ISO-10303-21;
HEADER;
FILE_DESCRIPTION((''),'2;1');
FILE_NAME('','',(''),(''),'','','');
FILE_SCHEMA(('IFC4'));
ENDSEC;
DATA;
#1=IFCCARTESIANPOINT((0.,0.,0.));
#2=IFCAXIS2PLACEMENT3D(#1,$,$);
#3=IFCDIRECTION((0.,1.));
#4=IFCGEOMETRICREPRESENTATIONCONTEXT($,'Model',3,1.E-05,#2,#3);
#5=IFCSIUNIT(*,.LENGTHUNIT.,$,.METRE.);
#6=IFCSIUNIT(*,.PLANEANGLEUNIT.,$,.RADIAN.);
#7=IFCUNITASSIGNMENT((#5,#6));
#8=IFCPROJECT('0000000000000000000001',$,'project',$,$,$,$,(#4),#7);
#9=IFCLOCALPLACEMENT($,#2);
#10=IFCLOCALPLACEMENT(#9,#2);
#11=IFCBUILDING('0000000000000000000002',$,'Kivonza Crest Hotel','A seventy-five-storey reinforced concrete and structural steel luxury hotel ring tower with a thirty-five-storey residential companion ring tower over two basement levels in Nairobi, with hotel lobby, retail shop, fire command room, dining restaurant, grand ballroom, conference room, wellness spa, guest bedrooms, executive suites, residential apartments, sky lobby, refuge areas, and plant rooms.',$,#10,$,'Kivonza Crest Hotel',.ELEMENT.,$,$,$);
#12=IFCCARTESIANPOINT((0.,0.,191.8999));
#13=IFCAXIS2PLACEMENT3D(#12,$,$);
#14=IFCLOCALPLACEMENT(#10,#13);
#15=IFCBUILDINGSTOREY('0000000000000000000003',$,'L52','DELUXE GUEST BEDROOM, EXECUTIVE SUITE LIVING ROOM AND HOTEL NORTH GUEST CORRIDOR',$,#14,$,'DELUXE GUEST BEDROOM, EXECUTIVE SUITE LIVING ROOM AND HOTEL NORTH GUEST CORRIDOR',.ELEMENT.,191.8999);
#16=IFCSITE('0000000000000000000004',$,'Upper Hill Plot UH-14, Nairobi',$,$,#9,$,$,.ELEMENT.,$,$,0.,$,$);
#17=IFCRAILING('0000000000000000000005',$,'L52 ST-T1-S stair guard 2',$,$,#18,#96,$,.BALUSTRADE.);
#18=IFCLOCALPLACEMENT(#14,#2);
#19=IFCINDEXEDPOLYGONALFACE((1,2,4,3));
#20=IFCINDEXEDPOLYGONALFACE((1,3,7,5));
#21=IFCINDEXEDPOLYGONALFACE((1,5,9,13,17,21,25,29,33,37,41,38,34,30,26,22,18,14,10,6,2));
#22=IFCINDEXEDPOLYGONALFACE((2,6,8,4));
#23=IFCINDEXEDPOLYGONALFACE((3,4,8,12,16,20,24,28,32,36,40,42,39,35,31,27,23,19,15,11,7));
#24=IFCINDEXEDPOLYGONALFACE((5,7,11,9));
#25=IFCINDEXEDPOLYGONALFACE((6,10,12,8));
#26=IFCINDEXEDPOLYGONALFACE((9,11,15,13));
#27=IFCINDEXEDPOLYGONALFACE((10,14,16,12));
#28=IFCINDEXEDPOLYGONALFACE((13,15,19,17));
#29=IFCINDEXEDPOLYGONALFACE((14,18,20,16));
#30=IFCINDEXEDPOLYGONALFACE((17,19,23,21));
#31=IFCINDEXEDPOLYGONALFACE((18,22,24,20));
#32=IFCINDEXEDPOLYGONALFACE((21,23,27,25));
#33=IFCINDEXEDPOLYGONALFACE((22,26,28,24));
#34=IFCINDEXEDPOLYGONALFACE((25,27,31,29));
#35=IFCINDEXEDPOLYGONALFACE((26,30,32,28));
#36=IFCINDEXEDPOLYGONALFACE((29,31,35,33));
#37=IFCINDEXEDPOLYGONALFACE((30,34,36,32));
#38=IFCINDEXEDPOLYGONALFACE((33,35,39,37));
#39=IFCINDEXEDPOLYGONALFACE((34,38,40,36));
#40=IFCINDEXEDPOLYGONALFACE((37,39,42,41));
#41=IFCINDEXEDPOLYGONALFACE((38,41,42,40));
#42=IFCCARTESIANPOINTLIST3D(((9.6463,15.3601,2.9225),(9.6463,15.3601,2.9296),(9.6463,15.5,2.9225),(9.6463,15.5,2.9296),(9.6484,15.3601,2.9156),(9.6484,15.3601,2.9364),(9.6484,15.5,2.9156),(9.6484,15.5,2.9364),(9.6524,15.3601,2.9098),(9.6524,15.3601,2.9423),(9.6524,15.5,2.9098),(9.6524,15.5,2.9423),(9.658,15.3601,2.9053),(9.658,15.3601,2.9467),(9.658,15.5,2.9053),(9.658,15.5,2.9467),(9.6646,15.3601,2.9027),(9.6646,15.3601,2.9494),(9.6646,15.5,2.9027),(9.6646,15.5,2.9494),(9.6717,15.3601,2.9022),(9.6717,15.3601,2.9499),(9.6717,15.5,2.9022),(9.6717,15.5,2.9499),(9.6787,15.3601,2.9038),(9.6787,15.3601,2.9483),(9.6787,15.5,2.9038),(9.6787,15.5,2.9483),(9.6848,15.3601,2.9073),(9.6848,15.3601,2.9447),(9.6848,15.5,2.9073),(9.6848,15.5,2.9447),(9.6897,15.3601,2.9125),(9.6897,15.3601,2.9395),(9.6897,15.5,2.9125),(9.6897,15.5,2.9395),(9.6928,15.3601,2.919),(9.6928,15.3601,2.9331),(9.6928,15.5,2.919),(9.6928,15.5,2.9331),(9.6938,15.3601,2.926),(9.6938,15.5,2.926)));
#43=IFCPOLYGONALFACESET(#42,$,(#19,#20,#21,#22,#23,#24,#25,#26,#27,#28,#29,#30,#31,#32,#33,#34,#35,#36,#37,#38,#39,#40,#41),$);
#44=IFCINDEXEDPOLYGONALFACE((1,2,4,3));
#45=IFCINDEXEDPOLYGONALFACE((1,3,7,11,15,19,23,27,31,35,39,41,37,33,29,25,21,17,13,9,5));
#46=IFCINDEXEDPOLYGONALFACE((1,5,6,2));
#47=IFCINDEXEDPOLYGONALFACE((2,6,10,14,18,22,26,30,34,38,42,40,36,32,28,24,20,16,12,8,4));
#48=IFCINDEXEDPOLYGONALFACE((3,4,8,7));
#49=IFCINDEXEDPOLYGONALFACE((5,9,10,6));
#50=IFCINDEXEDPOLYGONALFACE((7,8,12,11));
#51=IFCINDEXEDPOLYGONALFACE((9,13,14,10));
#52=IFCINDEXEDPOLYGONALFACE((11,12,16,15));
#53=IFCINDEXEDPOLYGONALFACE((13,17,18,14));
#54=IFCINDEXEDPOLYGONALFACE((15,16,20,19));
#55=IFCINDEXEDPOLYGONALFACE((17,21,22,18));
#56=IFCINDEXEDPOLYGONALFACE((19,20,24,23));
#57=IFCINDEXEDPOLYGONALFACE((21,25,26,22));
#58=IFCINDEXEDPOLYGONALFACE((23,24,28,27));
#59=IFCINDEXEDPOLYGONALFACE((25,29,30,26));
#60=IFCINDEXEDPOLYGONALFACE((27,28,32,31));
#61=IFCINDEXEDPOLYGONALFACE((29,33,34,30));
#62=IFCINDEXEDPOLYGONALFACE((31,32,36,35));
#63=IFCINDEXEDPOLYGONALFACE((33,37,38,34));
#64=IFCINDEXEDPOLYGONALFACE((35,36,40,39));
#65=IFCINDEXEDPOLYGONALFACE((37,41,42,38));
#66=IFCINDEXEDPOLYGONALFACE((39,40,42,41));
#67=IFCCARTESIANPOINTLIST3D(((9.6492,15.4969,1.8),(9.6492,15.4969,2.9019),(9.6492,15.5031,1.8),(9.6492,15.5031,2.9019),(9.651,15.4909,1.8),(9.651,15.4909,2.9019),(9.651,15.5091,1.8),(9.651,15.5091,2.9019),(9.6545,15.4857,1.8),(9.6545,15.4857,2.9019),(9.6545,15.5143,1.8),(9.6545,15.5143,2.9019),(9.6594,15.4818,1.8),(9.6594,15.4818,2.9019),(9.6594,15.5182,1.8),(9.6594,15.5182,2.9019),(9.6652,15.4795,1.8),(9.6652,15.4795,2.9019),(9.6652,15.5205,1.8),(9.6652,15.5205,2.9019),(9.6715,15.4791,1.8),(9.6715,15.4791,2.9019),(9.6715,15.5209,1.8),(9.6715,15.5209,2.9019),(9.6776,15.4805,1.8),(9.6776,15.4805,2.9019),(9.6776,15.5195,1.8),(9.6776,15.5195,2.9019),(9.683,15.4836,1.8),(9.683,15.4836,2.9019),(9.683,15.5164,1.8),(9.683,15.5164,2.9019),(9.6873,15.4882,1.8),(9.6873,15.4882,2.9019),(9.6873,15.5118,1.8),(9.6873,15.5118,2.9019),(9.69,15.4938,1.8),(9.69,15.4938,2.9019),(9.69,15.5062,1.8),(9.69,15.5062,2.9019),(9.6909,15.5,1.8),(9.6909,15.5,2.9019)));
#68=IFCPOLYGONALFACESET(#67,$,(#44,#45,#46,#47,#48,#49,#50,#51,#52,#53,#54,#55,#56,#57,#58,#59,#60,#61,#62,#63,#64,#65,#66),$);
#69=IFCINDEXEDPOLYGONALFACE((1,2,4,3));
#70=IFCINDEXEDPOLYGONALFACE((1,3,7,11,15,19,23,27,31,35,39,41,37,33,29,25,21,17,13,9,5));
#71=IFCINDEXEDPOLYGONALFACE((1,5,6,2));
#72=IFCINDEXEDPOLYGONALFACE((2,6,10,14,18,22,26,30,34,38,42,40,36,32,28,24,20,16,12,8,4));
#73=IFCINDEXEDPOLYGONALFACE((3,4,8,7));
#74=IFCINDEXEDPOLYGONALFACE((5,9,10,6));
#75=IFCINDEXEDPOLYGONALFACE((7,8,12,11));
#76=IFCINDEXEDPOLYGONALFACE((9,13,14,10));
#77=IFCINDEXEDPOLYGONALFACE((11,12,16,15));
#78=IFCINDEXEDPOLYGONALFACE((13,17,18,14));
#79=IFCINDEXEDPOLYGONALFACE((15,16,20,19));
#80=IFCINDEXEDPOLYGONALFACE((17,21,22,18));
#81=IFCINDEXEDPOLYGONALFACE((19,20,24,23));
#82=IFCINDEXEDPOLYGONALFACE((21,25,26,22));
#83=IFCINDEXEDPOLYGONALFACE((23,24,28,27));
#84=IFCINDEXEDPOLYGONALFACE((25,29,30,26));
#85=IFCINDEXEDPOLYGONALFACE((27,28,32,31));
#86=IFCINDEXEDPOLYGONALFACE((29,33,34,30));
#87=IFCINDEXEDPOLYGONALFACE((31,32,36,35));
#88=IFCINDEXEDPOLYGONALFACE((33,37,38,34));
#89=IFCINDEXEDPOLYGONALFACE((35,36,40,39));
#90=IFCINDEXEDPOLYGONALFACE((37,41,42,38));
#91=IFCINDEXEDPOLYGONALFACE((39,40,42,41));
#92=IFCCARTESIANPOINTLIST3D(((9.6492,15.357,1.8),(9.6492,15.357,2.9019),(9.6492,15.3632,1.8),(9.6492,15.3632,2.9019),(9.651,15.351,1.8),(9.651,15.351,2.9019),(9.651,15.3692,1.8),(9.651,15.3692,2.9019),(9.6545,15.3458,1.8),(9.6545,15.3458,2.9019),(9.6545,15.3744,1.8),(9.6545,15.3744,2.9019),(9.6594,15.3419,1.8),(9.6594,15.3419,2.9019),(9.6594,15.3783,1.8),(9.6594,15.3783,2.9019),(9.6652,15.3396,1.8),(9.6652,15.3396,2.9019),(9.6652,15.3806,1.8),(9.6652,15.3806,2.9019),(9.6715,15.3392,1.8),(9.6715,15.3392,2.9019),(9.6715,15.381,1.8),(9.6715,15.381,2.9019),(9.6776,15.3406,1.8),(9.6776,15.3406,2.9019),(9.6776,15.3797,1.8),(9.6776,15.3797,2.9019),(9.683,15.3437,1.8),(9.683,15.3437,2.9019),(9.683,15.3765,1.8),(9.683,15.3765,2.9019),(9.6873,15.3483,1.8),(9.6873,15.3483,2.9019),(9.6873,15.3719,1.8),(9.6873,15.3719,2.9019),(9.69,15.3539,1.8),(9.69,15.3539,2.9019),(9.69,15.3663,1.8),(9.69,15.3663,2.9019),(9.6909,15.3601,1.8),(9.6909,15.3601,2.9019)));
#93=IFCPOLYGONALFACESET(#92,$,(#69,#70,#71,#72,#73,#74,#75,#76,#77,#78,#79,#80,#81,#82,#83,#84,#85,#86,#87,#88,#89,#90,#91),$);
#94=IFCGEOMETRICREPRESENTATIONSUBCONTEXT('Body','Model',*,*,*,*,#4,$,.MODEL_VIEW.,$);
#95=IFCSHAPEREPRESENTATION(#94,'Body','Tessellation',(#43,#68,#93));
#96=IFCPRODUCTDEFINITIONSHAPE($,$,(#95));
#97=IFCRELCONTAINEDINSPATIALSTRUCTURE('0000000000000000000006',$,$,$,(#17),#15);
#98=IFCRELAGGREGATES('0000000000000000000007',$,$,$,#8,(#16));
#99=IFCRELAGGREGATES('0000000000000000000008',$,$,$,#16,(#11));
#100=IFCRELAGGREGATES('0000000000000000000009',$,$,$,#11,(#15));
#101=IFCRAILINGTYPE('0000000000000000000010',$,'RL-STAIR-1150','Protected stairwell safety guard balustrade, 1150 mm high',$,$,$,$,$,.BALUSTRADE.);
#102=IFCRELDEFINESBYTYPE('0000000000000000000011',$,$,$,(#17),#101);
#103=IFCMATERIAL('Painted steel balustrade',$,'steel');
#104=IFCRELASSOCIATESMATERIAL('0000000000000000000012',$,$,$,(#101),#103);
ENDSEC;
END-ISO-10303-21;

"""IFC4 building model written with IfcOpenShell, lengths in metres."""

from ifc_helpers import new_model, si_unit, direction, frame, origin, origin_2d, place, context, subcontext, project, spatial, circle, extrude, material, type_object, element, save


model = new_model("IFC4")

# Units and contexts
model_context = context("Model", 3, precision=1e-05, world=origin(), true_north=direction((0.0, 1.0)))
body_context = subcontext(model_context, "Body", "Model", "MODEL_VIEW")
ifc_project = project(units=[si_unit("LENGTHUNIT", "METRE"), si_unit("PLANEANGLEUNIT", "RADIAN")], contexts=[model_context])

# Site, building, storey
site_placement = place(None, origin())
site = spatial("IfcSite", under=ifc_project, at=site_placement, Name="Upper Hill Plot UH-14, Nairobi", CompositionType="ELEMENT", RefElevation=0.0)
building_placement = place(site_placement, origin())
building = spatial("IfcBuilding", under=site, at=building_placement, Name="Kivonza Crest Hotel", Description="A seventy-five-storey reinforced concrete and structural steel luxury hotel ring tower with a thirty-five-storey residential companion ring tower over two basement levels in Nairobi, with hotel lobby, retail shop, fire command room, dining restaurant, grand ballroom, conference room, wellness spa, guest bedrooms, executive suites, residential apartments, sky lobby, refuge areas, and plant rooms.", LongName="Kivonza Crest Hotel", CompositionType="ELEMENT")
storey_placement = place(building_placement, frame((0.0, 0.0, 191.8999)))
storey = spatial("IfcBuildingStorey", under=building, at=storey_placement, Name="L52", Description="DELUXE GUEST BEDROOM, EXECUTIVE SUITE LIVING ROOM AND HOTEL NORTH GUEST CORRIDOR", LongName="DELUXE GUEST BEDROOM, EXECUTIVE SUITE LIVING ROOM AND HOTEL NORTH GUEST CORRIDOR", CompositionType="ELEMENT", Elevation=191.8999)

# Railing
ifc_material_1 = material(Name="Painted steel balustrade", Category="steel")
railing_type_1 = type_object("IfcRailingType", Name="RL-STAIR-1150", Description="Protected stairwell safety guard balustrade, 1150 mm high", PredefinedType="BALUSTRADE", material=ifc_material_1)
railing_1_placement = place(storey_placement, frame((9.6699, 15.5, 1.8)))
element("IfcRailing", 1, at=railing_1_placement, inside=storey, type_object=railing_type_1, Name="L52 ST-T1-S stair guard 2", PredefinedType="BALUSTRADE", context=body_context, shape_type="SweptSolid", body=[
    extrude(circle(Radius=0.0239, at=origin_2d()), frame((0.0, 0.0, 1.126), z_axis=(0.0, -1.0, 0.0), x_axis=(1.0, 0.0, 0.0)), (0.0, 0.0, 1.0), 0.1399),
    extrude(circle(Radius=0.021, at=origin_2d()), origin(), (0.0, 0.0, 1.0), 1.1018),
    extrude(circle(Radius=0.021, at=origin_2d()), frame((0.0, -0.1399, 0.0)), (0.0, 0.0, 1.0), 1.1018),
])

save(model, "model.ifc")
